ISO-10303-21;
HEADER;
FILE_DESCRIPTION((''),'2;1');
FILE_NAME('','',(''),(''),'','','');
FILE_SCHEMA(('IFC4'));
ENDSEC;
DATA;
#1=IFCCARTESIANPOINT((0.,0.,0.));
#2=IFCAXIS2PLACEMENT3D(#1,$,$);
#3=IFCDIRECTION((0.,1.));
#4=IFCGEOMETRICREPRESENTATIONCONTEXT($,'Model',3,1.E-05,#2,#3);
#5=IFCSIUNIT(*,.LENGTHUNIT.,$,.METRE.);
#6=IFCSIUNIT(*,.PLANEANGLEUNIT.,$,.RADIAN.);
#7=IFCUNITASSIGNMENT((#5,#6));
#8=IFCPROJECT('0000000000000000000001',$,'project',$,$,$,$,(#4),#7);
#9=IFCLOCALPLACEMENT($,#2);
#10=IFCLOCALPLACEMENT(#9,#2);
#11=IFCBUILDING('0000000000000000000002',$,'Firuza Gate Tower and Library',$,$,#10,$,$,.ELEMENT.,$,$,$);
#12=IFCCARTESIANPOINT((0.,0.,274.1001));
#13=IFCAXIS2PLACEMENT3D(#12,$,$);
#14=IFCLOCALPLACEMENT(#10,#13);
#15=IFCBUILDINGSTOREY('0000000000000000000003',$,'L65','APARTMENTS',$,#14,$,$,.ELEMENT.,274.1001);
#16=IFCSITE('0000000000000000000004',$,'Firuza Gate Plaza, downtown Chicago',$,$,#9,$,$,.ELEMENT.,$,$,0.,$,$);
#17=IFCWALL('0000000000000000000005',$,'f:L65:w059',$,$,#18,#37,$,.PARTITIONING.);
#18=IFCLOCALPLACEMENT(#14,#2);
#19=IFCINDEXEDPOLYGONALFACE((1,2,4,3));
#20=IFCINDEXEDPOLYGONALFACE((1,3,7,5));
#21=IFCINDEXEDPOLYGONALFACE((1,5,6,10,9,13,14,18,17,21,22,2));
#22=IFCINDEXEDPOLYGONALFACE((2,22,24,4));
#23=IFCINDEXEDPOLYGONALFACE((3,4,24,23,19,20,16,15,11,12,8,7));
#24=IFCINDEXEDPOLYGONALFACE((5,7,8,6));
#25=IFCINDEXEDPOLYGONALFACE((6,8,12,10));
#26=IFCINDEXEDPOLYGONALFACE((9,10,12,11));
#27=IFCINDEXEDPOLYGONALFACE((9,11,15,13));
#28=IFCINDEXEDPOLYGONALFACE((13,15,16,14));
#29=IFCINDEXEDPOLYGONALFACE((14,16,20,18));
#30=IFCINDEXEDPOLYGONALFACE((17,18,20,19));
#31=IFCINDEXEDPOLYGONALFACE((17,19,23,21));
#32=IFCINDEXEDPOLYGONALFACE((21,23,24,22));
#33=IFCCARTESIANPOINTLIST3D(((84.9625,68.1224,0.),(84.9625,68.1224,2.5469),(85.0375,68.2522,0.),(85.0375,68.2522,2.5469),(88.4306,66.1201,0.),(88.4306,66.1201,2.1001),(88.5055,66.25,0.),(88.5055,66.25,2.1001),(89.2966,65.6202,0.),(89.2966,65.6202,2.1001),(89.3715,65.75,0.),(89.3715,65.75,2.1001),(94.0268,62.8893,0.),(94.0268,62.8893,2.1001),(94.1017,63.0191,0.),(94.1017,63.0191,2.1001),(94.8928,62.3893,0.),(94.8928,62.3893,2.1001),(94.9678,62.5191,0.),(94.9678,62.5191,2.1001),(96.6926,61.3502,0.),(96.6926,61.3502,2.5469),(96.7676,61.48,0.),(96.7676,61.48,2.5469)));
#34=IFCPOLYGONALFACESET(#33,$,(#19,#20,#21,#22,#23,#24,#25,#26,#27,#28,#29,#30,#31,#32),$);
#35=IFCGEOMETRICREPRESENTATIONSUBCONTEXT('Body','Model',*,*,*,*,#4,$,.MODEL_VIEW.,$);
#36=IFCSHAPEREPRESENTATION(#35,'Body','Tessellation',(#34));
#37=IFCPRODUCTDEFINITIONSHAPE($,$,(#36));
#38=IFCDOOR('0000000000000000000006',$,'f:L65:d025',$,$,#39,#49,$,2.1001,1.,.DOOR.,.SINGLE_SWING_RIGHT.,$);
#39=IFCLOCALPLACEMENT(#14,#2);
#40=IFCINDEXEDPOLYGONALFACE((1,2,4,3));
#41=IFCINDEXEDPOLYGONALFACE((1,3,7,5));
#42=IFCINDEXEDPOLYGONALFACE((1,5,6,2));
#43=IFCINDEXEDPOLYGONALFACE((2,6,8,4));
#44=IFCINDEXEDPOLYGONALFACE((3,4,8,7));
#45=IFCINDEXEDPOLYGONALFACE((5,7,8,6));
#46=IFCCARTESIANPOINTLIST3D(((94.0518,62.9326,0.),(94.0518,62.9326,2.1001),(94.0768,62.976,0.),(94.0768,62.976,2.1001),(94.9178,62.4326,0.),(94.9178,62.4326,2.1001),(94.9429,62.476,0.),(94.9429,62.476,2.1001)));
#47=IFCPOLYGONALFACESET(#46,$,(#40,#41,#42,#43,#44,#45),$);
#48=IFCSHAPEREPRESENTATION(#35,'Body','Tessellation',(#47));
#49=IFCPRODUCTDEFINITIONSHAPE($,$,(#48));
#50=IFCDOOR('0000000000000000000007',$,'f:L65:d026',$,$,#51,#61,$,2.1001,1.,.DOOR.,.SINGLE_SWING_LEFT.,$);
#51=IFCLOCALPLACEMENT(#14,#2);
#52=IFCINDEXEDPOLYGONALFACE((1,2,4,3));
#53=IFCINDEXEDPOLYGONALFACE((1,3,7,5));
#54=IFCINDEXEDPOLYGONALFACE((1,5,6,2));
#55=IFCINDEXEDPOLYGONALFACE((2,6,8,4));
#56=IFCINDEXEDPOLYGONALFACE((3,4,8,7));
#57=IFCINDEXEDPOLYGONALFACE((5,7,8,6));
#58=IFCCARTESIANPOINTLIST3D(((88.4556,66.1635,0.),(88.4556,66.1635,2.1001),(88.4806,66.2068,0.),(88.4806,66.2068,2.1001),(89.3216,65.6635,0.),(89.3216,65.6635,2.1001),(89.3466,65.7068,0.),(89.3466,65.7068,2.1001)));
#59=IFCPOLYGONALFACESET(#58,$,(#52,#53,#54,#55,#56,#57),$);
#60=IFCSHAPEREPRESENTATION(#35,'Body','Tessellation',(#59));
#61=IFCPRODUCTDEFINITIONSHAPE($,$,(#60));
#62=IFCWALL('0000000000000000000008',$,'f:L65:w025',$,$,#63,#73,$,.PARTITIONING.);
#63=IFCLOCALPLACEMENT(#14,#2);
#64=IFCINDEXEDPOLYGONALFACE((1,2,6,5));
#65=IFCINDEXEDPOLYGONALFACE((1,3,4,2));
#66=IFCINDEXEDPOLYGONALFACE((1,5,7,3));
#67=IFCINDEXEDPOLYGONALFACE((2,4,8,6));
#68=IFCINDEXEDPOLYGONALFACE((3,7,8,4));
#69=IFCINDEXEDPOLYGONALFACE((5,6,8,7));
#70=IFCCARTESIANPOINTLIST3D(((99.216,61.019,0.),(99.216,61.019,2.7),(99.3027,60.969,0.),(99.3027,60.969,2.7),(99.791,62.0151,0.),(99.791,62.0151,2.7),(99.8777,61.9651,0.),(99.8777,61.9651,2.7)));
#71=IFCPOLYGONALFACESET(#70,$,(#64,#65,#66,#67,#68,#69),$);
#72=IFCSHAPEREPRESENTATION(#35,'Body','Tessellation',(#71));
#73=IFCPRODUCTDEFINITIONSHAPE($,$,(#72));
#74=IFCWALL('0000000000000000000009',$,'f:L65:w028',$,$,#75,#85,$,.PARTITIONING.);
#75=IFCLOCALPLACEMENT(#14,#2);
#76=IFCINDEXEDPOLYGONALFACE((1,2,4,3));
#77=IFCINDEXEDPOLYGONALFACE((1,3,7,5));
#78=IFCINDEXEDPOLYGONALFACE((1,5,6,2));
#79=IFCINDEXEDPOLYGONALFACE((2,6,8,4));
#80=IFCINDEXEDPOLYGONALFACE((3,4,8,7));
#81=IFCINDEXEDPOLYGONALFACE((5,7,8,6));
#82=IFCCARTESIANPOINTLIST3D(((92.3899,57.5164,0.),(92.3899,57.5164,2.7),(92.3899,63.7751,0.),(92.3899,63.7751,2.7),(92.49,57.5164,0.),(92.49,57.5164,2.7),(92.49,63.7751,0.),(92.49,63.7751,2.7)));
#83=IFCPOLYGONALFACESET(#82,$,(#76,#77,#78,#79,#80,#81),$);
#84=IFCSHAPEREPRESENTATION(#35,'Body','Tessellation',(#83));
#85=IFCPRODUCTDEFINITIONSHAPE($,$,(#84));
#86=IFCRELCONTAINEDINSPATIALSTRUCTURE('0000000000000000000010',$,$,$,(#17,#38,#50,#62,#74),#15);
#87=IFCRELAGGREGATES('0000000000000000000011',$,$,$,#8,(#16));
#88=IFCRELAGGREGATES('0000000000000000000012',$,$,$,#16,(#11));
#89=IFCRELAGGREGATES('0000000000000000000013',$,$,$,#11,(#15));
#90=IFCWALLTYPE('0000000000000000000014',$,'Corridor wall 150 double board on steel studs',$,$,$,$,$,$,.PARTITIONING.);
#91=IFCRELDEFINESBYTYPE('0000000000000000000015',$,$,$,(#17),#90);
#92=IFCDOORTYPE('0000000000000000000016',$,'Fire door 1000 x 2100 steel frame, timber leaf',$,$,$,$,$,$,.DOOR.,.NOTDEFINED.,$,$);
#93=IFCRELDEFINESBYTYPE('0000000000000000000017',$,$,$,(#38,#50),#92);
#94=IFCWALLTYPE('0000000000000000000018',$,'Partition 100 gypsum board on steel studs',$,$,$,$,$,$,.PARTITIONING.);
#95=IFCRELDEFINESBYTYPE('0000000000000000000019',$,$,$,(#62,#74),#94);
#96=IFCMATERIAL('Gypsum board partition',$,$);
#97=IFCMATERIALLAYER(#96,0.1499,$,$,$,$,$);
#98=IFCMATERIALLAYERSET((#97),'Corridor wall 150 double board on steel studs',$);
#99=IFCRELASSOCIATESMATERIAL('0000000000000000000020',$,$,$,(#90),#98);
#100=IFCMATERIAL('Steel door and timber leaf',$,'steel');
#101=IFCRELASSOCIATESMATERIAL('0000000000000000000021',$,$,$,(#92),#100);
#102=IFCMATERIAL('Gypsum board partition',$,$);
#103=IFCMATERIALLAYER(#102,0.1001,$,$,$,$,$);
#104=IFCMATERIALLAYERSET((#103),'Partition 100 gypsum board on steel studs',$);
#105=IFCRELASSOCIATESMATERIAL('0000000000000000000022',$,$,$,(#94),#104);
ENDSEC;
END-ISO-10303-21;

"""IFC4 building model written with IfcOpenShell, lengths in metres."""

from ifc_helpers import new_model, si_unit, direction, frame, frame_2d, origin, place, context, subcontext, project, spatial, rectangle, extrude, material, layer, layer_set, type_object, element, fill, save


model = new_model("IFC4")

# Units and contexts
model_context = context("Model", 3, precision=1e-05, world=origin(), true_north=direction((0.0, 1.0)))
body_context = subcontext(model_context, "Body", "Model", "MODEL_VIEW")
ifc_project = project(units=[si_unit("LENGTHUNIT", "METRE"), si_unit("PLANEANGLEUNIT", "RADIAN")], contexts=[model_context])

# Site, building, storey
site_placement = place(None, origin())
site = spatial("IfcSite", under=ifc_project, at=site_placement, Name="Firuza Gate Plaza, downtown Chicago", CompositionType="ELEMENT", RefElevation=0.0)
building_placement = place(site_placement, origin())
building = spatial("IfcBuilding", under=site, at=building_placement, Name="Firuza Gate Tower and Library", CompositionType="ELEMENT")
storey_placement = place(building_placement, frame((0.0, 0.0, 274.1001)))
storey = spatial("IfcBuildingStorey", under=building, at=storey_placement, Name="L65", Description="APARTMENTS", CompositionType="ELEMENT", Elevation=274.1001)

# Shared definitions
ifc_material_1 = material(Name="Gypsum board partition")
ifc_layer_1 = layer(ifc_material_1, 0.1499)
ifc_layer_set_1 = layer_set([ifc_layer_1], Name="Corridor wall 150 double board on steel studs")
wall_type_1 = type_object("IfcWallType", Name="Corridor wall 150 double board on steel studs", PredefinedType="PARTITIONING", material=ifc_layer_set_1)

# Wall, openings, doors
wall_1_placement = place(storey_placement, frame((96.7302, 61.415, 0.0), z_axis=(0.0, 0.0, 1.0), x_axis=(-0.866033, 0.499987, 0.0)))
wall_1 = element("IfcWall", 1, at=wall_1_placement, inside=storey, type_object=wall_type_1, Name="f:L65:w059", PredefinedType="PARTITIONING", context=body_context, shape_type="SweptSolid", body=[
    extrude(rectangle(XDim=13.5447, YDim=0.1499, at=frame_2d((6.7725, 0.0))), origin(), (0.0, 0.0, 1.0), 2.5469),
])
opening_1_placement = place(wall_1_placement, frame((2.0784, 0.0, 0.0)))
opening_1 = element("IfcOpeningElement", 2, at=opening_1_placement, cuts=wall_1, PredefinedType="OPENING", context=body_context, shape_type="SweptSolid", body=[
    extrude(rectangle(XDim=1.0, YDim=2.1001, at=frame_2d((0.5, 1.05))), frame((0.0, 0.085, 0.0), z_axis=(0.0, -1.0, 0.0), x_axis=(1.0, 0.0, 0.0)), (0.0, 0.0, 1.0), 0.1699),
])
opening_2_placement = place(wall_1_placement, frame((8.5403, 0.0, 0.0)))
opening_2 = element("IfcOpeningElement", 3, at=opening_2_placement, cuts=wall_1, PredefinedType="OPENING", context=body_context, shape_type="SweptSolid", body=[
    extrude(rectangle(XDim=1.0, YDim=2.1001, at=frame_2d((0.5, 1.05))), frame((0.0, 0.085, 0.0), z_axis=(0.0, -1.0, 0.0), x_axis=(1.0, 0.0, 0.0)), (0.0, 0.0, 1.0), 0.1699),
])
ifc_material_2 = material(Name="Steel door and timber leaf", Category="steel")
door_type = type_object("IfcDoorType", Name="Fire door 1000 x 2100 steel frame, timber leaf", OperationType="NOTDEFINED", PredefinedType="DOOR", material=ifc_material_2)
door_1_placement = place(opening_1_placement, origin())
door_1 = element("IfcDoor", 4, at=door_1_placement, inside=storey, type_object=door_type, Name="f:L65:d025", OperationType="SINGLE_SWING_RIGHT", OverallHeight=2.1001, OverallWidth=1.0, PredefinedType="DOOR", context=body_context, shape_type="SweptSolid", body=[
    extrude(rectangle(XDim=1.0, YDim=2.1001, at=frame_2d((0.5, 1.05))), frame((0.0, 0.0249, 0.0), z_axis=(0.0, -1.0, 0.0), x_axis=(1.0, 0.0, 0.0)), (0.0, 0.0, 1.0), 0.05),
])
fill(opening_1, door_1)
door_2_placement = place(opening_2_placement, origin())
door_2 = element("IfcDoor", 5, at=door_2_placement, inside=storey, type_object=door_type, Name="f:L65:d026", OperationType="SINGLE_SWING_LEFT", OverallHeight=2.1001, OverallWidth=1.0, PredefinedType="DOOR", context=body_context, shape_type="SweptSolid", body=[
    extrude(rectangle(XDim=1.0, YDim=2.1001, at=frame_2d((0.5, 1.05))), frame((0.0, 0.0249, 0.0), z_axis=(0.0, -1.0, 0.0), x_axis=(1.0, 0.0, 0.0)), (0.0, 0.0, 1.0), 0.05),
])
fill(opening_2, door_2)

# Walls
ifc_material_3 = material(Name="Gypsum board partition")
ifc_layer_2 = layer(ifc_material_3, 0.1001)
ifc_layer_set_2 = layer_set([ifc_layer_2], Name="Partition 100 gypsum board on steel studs")
wall_type_2 = type_object("IfcWallType", Name="Partition 100 gypsum board on steel studs", PredefinedType="PARTITIONING", material=ifc_layer_set_2)
wall_2_placement = place(storey_placement, frame((99.2593, 60.9939, 0.0), z_axis=(0.0, 0.0, 1.0), x_axis=(0.499906, 0.86608, 0.0)))
element("IfcWall", 6, at=wall_2_placement, inside=storey, type_object=wall_type_2, Name="f:L65:w025", PredefinedType="PARTITIONING", context=body_context, shape_type="SweptSolid", body=[
    extrude(rectangle(XDim=1.1501, YDim=0.1001, at=frame_2d((0.5752, 0.0))), origin(), (0.0, 0.0, 1.0), 2.7),
])
wall_3_placement = place(storey_placement, frame((92.4399, 57.5164, 0.0), z_axis=(0.0, 0.0, 1.0), x_axis=(0.0, 1.0, 0.0)))
element("IfcWall", 7, at=wall_3_placement, inside=storey, type_object=wall_type_2, Name="f:L65:w028", PredefinedType="PARTITIONING", context=body_context, shape_type="SweptSolid", body=[
    extrude(rectangle(XDim=6.2588, YDim=0.1001, at=frame_2d((3.1294, 0.0))), origin(), (0.0, 0.0, 1.0), 2.7),
])

save(model, "model.ifc")
